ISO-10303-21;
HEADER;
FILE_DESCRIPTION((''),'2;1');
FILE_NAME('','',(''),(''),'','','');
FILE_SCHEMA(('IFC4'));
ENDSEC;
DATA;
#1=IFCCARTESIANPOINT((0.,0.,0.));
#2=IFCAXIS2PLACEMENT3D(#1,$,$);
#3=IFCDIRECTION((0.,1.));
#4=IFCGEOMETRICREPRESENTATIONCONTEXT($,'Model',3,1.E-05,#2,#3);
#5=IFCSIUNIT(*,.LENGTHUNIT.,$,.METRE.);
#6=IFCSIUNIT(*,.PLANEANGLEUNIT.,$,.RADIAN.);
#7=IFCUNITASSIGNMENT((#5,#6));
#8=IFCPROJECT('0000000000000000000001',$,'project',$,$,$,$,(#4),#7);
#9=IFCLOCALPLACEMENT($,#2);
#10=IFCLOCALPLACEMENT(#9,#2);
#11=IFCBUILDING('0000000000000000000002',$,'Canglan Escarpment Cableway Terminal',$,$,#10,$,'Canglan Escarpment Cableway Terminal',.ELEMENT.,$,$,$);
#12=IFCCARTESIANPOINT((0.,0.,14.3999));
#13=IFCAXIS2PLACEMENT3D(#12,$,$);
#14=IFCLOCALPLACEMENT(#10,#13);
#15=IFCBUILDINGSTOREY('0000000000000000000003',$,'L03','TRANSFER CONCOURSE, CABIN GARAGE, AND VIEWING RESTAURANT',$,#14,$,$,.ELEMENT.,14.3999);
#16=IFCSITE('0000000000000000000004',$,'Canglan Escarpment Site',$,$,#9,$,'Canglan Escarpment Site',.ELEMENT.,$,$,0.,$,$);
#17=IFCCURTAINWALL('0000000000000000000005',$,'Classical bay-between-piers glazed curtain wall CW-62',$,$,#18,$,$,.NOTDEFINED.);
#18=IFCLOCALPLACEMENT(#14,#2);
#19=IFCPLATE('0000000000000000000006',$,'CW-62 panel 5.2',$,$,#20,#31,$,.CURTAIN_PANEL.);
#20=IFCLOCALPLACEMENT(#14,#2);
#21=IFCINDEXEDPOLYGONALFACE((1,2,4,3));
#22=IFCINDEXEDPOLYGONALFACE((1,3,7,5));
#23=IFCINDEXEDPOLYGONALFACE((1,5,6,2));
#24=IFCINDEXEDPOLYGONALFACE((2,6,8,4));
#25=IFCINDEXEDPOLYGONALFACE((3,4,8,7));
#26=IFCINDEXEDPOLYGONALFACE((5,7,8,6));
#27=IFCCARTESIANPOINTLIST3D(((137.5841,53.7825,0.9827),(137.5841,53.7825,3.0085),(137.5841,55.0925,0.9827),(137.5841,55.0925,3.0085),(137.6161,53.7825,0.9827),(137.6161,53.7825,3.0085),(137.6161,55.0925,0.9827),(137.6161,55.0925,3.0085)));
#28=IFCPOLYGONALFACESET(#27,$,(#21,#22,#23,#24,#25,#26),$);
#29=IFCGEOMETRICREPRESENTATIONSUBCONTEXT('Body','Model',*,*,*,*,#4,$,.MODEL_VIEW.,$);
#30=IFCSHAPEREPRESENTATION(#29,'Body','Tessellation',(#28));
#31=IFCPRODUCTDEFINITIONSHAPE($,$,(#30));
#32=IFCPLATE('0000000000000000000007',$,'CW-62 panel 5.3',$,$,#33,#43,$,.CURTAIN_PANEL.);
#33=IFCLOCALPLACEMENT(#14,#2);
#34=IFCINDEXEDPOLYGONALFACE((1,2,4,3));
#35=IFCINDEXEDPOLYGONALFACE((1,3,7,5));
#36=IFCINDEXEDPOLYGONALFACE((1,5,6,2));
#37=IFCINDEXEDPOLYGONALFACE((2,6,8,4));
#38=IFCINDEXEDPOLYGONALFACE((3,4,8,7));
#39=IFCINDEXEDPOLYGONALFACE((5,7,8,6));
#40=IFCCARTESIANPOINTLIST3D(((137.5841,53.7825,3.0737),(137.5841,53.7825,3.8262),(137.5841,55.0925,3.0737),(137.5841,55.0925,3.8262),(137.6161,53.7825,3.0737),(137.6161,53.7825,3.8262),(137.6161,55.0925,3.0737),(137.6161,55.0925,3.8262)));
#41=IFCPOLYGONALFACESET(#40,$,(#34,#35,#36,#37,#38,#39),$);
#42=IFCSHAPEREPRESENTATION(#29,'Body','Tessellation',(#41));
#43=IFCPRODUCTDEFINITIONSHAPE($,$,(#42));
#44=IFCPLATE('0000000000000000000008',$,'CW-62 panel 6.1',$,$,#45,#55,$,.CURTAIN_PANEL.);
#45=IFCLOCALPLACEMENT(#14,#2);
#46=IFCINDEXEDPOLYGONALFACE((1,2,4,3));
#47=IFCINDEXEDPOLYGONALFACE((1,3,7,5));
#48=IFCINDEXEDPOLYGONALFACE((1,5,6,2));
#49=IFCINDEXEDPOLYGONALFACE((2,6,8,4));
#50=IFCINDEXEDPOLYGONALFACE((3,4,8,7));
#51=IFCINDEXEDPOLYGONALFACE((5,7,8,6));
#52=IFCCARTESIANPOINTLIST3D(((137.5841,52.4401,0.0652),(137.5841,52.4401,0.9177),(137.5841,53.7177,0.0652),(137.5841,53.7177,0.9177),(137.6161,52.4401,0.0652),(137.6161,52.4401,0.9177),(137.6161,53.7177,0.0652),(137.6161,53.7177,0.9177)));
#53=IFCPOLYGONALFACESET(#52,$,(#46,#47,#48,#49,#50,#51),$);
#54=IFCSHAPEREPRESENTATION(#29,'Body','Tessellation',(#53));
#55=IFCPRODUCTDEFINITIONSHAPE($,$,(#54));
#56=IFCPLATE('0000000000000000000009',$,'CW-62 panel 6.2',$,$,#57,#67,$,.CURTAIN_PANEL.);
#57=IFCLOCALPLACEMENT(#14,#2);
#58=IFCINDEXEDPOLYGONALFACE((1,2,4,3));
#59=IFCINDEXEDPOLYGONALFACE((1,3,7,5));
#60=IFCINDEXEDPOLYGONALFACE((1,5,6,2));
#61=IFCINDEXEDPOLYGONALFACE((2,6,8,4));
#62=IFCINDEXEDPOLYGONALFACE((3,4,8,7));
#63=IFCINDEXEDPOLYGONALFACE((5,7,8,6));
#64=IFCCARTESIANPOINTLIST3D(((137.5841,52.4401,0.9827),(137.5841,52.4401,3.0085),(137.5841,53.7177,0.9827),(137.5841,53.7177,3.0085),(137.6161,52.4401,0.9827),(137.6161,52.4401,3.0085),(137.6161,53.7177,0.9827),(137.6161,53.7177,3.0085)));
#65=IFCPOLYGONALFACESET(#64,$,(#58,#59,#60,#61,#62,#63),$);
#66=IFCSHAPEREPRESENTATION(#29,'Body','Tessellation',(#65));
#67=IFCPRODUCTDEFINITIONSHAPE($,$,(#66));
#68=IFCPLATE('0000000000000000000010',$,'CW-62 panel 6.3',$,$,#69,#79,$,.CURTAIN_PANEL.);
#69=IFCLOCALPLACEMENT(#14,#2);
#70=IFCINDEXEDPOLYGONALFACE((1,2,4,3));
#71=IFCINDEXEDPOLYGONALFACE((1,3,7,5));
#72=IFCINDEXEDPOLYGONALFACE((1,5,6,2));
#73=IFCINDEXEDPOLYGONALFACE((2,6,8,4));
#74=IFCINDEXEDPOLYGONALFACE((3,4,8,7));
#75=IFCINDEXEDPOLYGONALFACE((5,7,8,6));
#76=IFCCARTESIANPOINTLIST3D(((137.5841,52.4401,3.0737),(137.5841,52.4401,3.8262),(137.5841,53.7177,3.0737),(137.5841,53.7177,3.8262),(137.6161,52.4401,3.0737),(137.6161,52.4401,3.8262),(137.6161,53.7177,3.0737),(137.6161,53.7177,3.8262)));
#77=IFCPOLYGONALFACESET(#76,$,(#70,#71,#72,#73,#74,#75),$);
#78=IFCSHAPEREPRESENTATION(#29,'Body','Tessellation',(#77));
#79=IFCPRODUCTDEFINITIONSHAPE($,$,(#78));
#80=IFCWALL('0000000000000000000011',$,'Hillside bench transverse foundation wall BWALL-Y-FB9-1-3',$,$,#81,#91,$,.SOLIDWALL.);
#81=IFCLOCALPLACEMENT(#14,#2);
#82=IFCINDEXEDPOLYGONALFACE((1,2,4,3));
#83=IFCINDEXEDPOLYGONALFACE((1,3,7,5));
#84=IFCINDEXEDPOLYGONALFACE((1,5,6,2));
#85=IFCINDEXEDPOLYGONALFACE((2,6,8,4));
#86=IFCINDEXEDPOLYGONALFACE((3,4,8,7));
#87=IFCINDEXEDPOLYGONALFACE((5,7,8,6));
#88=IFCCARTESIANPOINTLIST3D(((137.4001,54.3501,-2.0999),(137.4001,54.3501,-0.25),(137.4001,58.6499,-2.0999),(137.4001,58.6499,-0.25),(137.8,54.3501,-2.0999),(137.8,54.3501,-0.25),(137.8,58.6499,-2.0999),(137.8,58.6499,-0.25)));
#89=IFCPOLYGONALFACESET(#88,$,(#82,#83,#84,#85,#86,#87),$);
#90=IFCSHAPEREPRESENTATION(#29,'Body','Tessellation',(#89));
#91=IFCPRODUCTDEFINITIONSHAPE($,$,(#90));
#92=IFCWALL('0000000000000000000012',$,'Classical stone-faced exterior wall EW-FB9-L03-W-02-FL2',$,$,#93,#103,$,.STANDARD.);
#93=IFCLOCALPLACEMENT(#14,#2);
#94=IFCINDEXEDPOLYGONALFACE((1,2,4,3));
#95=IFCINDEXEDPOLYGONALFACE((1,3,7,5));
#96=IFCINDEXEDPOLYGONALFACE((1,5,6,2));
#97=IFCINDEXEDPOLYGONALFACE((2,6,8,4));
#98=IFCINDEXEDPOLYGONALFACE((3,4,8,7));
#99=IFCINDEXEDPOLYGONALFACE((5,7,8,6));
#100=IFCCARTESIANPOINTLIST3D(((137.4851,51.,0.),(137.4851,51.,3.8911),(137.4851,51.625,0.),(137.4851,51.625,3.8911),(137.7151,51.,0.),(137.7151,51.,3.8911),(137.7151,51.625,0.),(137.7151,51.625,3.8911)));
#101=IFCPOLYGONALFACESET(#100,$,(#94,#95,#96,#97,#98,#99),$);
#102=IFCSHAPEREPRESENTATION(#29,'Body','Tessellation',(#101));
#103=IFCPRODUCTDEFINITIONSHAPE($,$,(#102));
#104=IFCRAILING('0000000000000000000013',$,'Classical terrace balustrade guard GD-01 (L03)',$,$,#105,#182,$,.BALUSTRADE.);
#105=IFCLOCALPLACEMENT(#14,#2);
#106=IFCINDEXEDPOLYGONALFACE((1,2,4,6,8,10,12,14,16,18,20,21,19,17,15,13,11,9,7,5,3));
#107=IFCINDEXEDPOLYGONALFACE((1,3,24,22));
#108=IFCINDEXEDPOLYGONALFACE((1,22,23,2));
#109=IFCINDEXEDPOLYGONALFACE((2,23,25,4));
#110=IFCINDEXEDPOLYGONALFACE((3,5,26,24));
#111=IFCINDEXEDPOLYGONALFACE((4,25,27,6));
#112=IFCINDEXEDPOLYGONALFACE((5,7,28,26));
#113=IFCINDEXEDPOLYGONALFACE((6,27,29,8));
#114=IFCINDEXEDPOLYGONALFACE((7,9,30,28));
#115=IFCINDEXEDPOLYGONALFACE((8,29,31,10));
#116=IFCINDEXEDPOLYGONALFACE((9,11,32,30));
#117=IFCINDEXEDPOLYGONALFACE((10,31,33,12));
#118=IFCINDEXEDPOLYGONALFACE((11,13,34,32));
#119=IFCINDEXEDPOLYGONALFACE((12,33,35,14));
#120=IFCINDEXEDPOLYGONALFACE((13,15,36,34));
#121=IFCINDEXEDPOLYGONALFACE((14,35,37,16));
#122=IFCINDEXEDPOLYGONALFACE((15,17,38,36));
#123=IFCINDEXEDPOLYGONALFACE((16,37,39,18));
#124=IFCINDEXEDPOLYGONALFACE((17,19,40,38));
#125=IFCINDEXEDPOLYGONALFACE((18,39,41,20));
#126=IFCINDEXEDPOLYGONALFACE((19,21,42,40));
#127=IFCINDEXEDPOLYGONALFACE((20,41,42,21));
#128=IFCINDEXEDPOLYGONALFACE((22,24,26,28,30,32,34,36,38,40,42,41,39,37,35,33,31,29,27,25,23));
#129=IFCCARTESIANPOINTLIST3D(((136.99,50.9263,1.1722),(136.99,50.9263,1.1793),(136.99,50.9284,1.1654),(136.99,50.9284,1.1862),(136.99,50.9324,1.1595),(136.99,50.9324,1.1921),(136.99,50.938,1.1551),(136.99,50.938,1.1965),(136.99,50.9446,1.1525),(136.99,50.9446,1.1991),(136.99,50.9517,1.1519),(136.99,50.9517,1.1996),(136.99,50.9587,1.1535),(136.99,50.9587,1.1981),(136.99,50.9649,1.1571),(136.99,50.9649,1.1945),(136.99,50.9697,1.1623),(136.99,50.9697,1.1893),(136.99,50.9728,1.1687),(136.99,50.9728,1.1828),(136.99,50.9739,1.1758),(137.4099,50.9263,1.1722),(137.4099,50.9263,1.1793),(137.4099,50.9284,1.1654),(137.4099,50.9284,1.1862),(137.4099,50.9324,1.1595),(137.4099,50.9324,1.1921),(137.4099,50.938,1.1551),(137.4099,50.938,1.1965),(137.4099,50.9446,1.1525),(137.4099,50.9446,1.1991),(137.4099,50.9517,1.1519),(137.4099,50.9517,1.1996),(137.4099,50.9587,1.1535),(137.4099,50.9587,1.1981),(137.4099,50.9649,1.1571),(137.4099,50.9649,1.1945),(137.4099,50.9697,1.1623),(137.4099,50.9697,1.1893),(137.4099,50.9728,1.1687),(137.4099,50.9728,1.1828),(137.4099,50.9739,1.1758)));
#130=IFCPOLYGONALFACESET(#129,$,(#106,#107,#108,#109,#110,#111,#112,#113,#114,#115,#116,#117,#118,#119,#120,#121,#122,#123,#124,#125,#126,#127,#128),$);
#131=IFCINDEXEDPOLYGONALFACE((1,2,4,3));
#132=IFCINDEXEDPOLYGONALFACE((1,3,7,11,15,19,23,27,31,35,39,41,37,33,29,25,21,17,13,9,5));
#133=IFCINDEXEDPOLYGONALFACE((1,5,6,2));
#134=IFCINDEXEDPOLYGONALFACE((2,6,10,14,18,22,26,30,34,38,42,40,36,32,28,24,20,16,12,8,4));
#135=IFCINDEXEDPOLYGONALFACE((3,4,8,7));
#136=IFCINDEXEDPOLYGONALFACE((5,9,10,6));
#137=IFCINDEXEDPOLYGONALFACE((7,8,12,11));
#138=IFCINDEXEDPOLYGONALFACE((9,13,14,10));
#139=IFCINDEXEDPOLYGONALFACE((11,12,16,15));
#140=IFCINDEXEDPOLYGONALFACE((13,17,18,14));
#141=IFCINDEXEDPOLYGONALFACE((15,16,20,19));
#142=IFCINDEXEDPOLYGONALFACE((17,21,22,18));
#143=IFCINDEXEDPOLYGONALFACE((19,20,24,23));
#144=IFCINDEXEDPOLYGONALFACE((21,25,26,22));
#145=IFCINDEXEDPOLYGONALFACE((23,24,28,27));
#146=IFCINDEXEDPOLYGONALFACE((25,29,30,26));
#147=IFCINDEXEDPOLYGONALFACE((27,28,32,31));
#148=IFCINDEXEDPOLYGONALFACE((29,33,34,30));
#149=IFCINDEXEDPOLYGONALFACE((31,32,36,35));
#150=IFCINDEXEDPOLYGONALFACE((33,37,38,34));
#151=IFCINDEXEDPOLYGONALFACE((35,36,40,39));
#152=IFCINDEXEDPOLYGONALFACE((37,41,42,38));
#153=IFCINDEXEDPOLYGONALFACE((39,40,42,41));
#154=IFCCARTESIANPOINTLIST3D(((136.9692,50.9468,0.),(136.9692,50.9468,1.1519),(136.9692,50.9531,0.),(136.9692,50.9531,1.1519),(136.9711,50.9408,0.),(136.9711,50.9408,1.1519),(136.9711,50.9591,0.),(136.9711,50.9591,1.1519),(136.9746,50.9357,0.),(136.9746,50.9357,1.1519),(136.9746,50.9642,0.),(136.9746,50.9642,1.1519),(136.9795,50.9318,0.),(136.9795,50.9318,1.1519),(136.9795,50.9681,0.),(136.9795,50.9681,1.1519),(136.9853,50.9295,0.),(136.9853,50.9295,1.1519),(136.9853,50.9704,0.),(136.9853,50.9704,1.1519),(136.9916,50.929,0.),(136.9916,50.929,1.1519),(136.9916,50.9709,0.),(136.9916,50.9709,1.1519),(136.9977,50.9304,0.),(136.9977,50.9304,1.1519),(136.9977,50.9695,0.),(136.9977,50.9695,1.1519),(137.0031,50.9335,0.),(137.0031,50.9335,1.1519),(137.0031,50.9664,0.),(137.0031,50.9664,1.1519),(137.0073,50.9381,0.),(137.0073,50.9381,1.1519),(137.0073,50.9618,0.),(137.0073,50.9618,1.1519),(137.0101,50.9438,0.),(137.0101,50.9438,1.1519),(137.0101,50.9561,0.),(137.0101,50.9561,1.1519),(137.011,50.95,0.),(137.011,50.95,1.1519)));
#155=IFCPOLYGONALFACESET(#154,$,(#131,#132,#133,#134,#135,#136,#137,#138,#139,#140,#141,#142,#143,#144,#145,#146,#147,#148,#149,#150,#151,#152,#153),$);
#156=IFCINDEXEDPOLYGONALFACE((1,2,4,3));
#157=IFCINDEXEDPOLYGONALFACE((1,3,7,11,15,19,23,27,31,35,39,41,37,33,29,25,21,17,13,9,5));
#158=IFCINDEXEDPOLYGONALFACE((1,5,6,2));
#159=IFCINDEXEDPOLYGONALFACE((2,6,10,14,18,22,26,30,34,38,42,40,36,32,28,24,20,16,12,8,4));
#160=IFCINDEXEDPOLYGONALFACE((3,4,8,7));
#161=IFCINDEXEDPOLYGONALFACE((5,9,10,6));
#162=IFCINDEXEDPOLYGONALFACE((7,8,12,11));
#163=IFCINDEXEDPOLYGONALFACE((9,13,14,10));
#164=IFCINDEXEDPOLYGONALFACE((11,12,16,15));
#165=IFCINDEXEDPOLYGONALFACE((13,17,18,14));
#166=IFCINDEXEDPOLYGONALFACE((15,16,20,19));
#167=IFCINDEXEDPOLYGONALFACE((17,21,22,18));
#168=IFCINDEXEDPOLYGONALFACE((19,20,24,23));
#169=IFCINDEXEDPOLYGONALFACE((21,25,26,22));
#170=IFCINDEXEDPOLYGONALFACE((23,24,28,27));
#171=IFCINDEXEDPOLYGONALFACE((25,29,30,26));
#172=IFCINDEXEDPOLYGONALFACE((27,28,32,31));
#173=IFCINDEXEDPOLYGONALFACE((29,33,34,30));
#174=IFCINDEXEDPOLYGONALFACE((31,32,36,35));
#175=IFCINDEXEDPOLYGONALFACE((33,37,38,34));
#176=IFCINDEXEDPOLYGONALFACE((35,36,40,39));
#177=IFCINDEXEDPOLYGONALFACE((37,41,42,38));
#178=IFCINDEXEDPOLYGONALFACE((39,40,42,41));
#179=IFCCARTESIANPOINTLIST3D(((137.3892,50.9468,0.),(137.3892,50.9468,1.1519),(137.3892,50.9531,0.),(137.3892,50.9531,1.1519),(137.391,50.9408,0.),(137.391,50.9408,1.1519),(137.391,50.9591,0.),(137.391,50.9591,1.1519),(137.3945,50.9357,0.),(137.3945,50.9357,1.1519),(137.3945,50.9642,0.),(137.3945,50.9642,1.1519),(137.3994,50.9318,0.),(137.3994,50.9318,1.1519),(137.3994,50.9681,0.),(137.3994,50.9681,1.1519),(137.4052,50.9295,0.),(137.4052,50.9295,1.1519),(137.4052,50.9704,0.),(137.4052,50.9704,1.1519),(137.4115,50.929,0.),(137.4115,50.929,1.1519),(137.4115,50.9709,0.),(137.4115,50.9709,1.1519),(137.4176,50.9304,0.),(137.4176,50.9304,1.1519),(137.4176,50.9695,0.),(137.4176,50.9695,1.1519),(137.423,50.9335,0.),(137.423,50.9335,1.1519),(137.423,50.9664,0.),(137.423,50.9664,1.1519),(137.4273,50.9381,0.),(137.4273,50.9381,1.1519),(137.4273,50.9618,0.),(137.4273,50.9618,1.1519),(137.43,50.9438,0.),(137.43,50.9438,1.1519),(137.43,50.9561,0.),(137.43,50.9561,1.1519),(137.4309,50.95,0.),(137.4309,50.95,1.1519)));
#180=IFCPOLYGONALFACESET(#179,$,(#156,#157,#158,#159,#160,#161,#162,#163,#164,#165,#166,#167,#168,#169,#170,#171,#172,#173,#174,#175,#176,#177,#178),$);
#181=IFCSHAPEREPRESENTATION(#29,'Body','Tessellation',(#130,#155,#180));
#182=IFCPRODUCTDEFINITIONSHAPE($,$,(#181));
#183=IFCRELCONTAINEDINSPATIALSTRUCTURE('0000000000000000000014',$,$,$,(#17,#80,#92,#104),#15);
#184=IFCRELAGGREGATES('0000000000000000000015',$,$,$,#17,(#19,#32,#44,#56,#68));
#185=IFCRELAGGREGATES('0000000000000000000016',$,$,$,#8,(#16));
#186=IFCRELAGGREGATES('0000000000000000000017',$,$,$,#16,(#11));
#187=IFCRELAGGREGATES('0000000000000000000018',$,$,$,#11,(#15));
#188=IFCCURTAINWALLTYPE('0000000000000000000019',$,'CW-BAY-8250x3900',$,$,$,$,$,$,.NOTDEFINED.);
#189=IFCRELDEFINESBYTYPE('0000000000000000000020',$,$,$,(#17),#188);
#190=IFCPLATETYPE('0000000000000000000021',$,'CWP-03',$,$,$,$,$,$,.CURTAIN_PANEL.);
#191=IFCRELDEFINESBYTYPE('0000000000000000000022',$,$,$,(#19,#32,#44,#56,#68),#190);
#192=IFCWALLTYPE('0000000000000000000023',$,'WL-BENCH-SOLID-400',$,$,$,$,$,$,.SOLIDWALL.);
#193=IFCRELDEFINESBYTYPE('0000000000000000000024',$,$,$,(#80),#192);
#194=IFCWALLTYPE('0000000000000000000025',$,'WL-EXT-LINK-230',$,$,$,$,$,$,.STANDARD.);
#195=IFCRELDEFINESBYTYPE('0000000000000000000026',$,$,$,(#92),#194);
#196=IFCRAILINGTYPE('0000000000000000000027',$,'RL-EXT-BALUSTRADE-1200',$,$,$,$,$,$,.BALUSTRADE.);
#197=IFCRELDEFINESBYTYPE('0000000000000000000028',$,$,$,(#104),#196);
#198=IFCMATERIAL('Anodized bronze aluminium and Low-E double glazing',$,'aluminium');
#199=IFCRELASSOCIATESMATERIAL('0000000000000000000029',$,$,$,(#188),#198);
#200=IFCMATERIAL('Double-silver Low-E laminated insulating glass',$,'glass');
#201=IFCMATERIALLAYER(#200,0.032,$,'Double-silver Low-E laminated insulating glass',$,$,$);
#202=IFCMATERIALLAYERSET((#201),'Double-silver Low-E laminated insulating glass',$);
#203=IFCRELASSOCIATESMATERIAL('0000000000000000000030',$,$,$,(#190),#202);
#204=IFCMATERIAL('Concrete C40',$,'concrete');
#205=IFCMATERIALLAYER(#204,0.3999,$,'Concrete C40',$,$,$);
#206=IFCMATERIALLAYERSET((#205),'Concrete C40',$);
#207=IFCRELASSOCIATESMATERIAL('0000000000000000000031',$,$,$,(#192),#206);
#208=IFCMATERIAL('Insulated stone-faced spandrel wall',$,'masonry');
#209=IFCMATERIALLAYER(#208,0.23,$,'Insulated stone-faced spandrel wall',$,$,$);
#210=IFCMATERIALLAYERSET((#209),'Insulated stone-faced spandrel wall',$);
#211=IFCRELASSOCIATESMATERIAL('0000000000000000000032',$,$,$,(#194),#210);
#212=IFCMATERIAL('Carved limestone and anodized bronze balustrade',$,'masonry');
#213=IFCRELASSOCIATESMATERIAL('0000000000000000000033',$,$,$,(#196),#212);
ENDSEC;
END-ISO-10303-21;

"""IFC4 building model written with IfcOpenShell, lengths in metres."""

from ifc_helpers import new_model, si_unit, direction, frame, frame_2d, origin, origin_2d, place, context, subcontext, project, spatial, rectangle, circle, extrude, material, layer, layer_set, type_object, element, aggregate, save


model = new_model("IFC4")

# Units and contexts
model_context = context("Model", 3, precision=1e-05, world=origin(), true_north=direction((0.0, 1.0)))
body_context = subcontext(model_context, "Body", "Model", "MODEL_VIEW")
ifc_project = project(units=[si_unit("LENGTHUNIT", "METRE"), si_unit("PLANEANGLEUNIT", "RADIAN")], contexts=[model_context])

# Site, building, storey
site_placement = place(None, origin())
site = spatial("IfcSite", under=ifc_project, at=site_placement, Name="Canglan Escarpment Site", LongName="Canglan Escarpment Site", CompositionType="ELEMENT", RefElevation=0.0)
building_placement = place(site_placement, origin())
building = spatial("IfcBuilding", under=site, at=building_placement, Name="Canglan Escarpment Cableway Terminal", LongName="Canglan Escarpment Cableway Terminal", CompositionType="ELEMENT")
storey_placement = place(building_placement, frame((0.0, 0.0, 14.3999)))
storey = spatial("IfcBuildingStorey", under=building, at=storey_placement, Name="L03", Description="TRANSFER CONCOURSE, CABIN GARAGE, AND VIEWING RESTAURANT", CompositionType="ELEMENT", Elevation=14.3999)

# Shared definitions
ifc_material_1 = material(Name="Concrete C40", Category="concrete")

# Curtain wall, plates
ifc_material_2 = material(Name="Anodized bronze aluminium and Low-E double glazing", Category="aluminium")
curtain_wall_type = type_object("IfcCurtainWallType", Name="CW-BAY-8250x3900", PredefinedType="NOTDEFINED", material=ifc_material_2)
curtain_wall_placement = place(storey_placement, origin())
curtain_wall = element("IfcCurtainWall", 1, at=curtain_wall_placement, inside=storey, type_object=curtain_wall_type, Name="Classical bay-between-piers glazed curtain wall CW-62", PredefinedType="NOTDEFINED")
ifc_material_3 = material(Name="Double-silver Low-E laminated insulating glass", Category="glass")
ifc_layer_1 = layer(ifc_material_3, 0.032, Name="Double-silver Low-E laminated insulating glass")
ifc_layer_set_1 = layer_set([ifc_layer_1], Name="Double-silver Low-E laminated insulating glass")
plate_type = type_object("IfcPlateType", Name="CWP-03", PredefinedType="CURTAIN_PANEL", material=ifc_layer_set_1)
plate_1_placement = place(storey_placement, frame((137.6001, 54.4375, 0.9827), z_axis=(0.0, 0.0, 1.0), x_axis=(0.0, -1.0, 0.0)))
plate_1 = element("IfcPlate", 2, at=plate_1_placement, type_object=plate_type, Name="CW-62 panel 5.2", PredefinedType="CURTAIN_PANEL", context=body_context, shape_type="SweptSolid", body=[
    extrude(rectangle(XDim=1.3101, YDim=0.032, at=origin_2d()), origin(), (0.0, 0.0, 1.0), 2.0259),
])
plate_2_placement = place(storey_placement, frame((137.6001, 54.4375, 3.0737), z_axis=(0.0, 0.0, 1.0), x_axis=(0.0, -1.0, 0.0)))
plate_2 = element("IfcPlate", 3, at=plate_2_placement, type_object=plate_type, Name="CW-62 panel 5.3", PredefinedType="CURTAIN_PANEL", context=body_context, shape_type="SweptSolid", body=[
    extrude(rectangle(XDim=1.3101, YDim=0.032, at=origin_2d()), origin(), (0.0, 0.0, 1.0), 0.7524),
])
plate_3_placement = place(storey_placement, frame((137.6001, 53.0789, 0.0652), z_axis=(0.0, 0.0, 1.0), x_axis=(0.0, -1.0, 0.0)))
plate_3 = element("IfcPlate", 4, at=plate_3_placement, type_object=plate_type, Name="CW-62 panel 6.1", PredefinedType="CURTAIN_PANEL", context=body_context, shape_type="SweptSolid", body=[
    extrude(rectangle(XDim=1.2776, YDim=0.032, at=origin_2d()), origin(), (0.0, 0.0, 1.0), 0.8525),
])
plate_4_placement = place(storey_placement, frame((137.6001, 53.0789, 0.9827), z_axis=(0.0, 0.0, 1.0), x_axis=(0.0, -1.0, 0.0)))
plate_4 = element("IfcPlate", 5, at=plate_4_placement, type_object=plate_type, Name="CW-62 panel 6.2", PredefinedType="CURTAIN_PANEL", context=body_context, shape_type="SweptSolid", body=[
    extrude(rectangle(XDim=1.2776, YDim=0.032, at=origin_2d()), origin(), (0.0, 0.0, 1.0), 2.0259),
])
plate_5_placement = place(storey_placement, frame((137.6001, 53.0789, 3.0737), z_axis=(0.0, 0.0, 1.0), x_axis=(0.0, -1.0, 0.0)))
plate_5 = element("IfcPlate", 6, at=plate_5_placement, type_object=plate_type, Name="CW-62 panel 6.3", PredefinedType="CURTAIN_PANEL", context=body_context, shape_type="SweptSolid", body=[
    extrude(rectangle(XDim=1.2776, YDim=0.032, at=origin_2d()), origin(), (0.0, 0.0, 1.0), 0.7524),
])
aggregate(curtain_wall, [plate_1, plate_2, plate_3, plate_4, plate_5])

# Walls
ifc_layer_2 = layer(ifc_material_1, 0.3999, Name="Concrete C40")
ifc_layer_set_2 = layer_set([ifc_layer_2], Name="Concrete C40")
wall_type_1 = type_object("IfcWallType", Name="WL-BENCH-SOLID-400", PredefinedType="SOLIDWALL", material=ifc_layer_set_2)
wall_1_placement = place(storey_placement, frame((137.6001, 54.3501, -2.0999), z_axis=(0.0, 0.0, 1.0), x_axis=(0.0, 1.0, 0.0)))
element("IfcWall", 7, at=wall_1_placement, inside=storey, type_object=wall_type_1, Name="Hillside bench transverse foundation wall BWALL-Y-FB9-1-3", PredefinedType="SOLIDWALL", context=body_context, shape_type="SweptSolid", body=[
    extrude(rectangle(XDim=4.2998, YDim=0.3999, at=frame_2d((2.1499, 0.0))), origin(), (0.0, 0.0, 1.0), 1.8499),
])
ifc_material_4 = material(Name="Insulated stone-faced spandrel wall", Category="masonry")
ifc_layer_3 = layer(ifc_material_4, 0.23, Name="Insulated stone-faced spandrel wall")
ifc_layer_set_3 = layer_set([ifc_layer_3], Name="Insulated stone-faced spandrel wall")
wall_type_2 = type_object("IfcWallType", Name="WL-EXT-LINK-230", PredefinedType="STANDARD", material=ifc_layer_set_3)
wall_2_placement = place(storey_placement, frame((137.6001, 51.0, 0.0), z_axis=(0.0, 0.0, 1.0), x_axis=(0.0, 1.0, 0.0)))
element("IfcWall", 8, at=wall_2_placement, inside=storey, type_object=wall_type_2, Name="Classical stone-faced exterior wall EW-FB9-L03-W-02-FL2", PredefinedType="STANDARD", context=body_context, shape_type="SweptSolid", body=[
    extrude(rectangle(XDim=0.625, YDim=0.23, at=frame_2d((0.3125, 0.0))), origin(), (0.0, 0.0, 1.0), 3.8911),
])

# Railing
ifc_material_5 = material(Name="Carved limestone and anodized bronze balustrade", Category="masonry")
railing_type = type_object("IfcRailingType", Name="RL-EXT-BALUSTRADE-1200", PredefinedType="BALUSTRADE", material=ifc_material_5)
railing_placement = place(storey_placement, frame((136.99, 50.95, 0.0)))
element("IfcRailing", 9, at=railing_placement, inside=storey, type_object=railing_type, Name="Classical terrace balustrade guard GD-01 (L03)", PredefinedType="BALUSTRADE", context=body_context, shape_type="SweptSolid", body=[
    extrude(circle(Radius=0.0239, at=origin_2d()), frame((0.0, 0.0, 1.1758), z_axis=(1.0, 0.0, 0.0), x_axis=(0.0, 1.0, 0.0)), (0.0, 0.0, 1.0), 0.4199),
    extrude(circle(Radius=0.021, at=origin_2d()), origin(), (0.0, 0.0, 1.0), 1.1519),
    extrude(circle(Radius=0.021, at=origin_2d()), frame((0.4199, 0.0, 0.0)), (0.0, 0.0, 1.0), 1.1519),
])

save(model, "model.ifc")
